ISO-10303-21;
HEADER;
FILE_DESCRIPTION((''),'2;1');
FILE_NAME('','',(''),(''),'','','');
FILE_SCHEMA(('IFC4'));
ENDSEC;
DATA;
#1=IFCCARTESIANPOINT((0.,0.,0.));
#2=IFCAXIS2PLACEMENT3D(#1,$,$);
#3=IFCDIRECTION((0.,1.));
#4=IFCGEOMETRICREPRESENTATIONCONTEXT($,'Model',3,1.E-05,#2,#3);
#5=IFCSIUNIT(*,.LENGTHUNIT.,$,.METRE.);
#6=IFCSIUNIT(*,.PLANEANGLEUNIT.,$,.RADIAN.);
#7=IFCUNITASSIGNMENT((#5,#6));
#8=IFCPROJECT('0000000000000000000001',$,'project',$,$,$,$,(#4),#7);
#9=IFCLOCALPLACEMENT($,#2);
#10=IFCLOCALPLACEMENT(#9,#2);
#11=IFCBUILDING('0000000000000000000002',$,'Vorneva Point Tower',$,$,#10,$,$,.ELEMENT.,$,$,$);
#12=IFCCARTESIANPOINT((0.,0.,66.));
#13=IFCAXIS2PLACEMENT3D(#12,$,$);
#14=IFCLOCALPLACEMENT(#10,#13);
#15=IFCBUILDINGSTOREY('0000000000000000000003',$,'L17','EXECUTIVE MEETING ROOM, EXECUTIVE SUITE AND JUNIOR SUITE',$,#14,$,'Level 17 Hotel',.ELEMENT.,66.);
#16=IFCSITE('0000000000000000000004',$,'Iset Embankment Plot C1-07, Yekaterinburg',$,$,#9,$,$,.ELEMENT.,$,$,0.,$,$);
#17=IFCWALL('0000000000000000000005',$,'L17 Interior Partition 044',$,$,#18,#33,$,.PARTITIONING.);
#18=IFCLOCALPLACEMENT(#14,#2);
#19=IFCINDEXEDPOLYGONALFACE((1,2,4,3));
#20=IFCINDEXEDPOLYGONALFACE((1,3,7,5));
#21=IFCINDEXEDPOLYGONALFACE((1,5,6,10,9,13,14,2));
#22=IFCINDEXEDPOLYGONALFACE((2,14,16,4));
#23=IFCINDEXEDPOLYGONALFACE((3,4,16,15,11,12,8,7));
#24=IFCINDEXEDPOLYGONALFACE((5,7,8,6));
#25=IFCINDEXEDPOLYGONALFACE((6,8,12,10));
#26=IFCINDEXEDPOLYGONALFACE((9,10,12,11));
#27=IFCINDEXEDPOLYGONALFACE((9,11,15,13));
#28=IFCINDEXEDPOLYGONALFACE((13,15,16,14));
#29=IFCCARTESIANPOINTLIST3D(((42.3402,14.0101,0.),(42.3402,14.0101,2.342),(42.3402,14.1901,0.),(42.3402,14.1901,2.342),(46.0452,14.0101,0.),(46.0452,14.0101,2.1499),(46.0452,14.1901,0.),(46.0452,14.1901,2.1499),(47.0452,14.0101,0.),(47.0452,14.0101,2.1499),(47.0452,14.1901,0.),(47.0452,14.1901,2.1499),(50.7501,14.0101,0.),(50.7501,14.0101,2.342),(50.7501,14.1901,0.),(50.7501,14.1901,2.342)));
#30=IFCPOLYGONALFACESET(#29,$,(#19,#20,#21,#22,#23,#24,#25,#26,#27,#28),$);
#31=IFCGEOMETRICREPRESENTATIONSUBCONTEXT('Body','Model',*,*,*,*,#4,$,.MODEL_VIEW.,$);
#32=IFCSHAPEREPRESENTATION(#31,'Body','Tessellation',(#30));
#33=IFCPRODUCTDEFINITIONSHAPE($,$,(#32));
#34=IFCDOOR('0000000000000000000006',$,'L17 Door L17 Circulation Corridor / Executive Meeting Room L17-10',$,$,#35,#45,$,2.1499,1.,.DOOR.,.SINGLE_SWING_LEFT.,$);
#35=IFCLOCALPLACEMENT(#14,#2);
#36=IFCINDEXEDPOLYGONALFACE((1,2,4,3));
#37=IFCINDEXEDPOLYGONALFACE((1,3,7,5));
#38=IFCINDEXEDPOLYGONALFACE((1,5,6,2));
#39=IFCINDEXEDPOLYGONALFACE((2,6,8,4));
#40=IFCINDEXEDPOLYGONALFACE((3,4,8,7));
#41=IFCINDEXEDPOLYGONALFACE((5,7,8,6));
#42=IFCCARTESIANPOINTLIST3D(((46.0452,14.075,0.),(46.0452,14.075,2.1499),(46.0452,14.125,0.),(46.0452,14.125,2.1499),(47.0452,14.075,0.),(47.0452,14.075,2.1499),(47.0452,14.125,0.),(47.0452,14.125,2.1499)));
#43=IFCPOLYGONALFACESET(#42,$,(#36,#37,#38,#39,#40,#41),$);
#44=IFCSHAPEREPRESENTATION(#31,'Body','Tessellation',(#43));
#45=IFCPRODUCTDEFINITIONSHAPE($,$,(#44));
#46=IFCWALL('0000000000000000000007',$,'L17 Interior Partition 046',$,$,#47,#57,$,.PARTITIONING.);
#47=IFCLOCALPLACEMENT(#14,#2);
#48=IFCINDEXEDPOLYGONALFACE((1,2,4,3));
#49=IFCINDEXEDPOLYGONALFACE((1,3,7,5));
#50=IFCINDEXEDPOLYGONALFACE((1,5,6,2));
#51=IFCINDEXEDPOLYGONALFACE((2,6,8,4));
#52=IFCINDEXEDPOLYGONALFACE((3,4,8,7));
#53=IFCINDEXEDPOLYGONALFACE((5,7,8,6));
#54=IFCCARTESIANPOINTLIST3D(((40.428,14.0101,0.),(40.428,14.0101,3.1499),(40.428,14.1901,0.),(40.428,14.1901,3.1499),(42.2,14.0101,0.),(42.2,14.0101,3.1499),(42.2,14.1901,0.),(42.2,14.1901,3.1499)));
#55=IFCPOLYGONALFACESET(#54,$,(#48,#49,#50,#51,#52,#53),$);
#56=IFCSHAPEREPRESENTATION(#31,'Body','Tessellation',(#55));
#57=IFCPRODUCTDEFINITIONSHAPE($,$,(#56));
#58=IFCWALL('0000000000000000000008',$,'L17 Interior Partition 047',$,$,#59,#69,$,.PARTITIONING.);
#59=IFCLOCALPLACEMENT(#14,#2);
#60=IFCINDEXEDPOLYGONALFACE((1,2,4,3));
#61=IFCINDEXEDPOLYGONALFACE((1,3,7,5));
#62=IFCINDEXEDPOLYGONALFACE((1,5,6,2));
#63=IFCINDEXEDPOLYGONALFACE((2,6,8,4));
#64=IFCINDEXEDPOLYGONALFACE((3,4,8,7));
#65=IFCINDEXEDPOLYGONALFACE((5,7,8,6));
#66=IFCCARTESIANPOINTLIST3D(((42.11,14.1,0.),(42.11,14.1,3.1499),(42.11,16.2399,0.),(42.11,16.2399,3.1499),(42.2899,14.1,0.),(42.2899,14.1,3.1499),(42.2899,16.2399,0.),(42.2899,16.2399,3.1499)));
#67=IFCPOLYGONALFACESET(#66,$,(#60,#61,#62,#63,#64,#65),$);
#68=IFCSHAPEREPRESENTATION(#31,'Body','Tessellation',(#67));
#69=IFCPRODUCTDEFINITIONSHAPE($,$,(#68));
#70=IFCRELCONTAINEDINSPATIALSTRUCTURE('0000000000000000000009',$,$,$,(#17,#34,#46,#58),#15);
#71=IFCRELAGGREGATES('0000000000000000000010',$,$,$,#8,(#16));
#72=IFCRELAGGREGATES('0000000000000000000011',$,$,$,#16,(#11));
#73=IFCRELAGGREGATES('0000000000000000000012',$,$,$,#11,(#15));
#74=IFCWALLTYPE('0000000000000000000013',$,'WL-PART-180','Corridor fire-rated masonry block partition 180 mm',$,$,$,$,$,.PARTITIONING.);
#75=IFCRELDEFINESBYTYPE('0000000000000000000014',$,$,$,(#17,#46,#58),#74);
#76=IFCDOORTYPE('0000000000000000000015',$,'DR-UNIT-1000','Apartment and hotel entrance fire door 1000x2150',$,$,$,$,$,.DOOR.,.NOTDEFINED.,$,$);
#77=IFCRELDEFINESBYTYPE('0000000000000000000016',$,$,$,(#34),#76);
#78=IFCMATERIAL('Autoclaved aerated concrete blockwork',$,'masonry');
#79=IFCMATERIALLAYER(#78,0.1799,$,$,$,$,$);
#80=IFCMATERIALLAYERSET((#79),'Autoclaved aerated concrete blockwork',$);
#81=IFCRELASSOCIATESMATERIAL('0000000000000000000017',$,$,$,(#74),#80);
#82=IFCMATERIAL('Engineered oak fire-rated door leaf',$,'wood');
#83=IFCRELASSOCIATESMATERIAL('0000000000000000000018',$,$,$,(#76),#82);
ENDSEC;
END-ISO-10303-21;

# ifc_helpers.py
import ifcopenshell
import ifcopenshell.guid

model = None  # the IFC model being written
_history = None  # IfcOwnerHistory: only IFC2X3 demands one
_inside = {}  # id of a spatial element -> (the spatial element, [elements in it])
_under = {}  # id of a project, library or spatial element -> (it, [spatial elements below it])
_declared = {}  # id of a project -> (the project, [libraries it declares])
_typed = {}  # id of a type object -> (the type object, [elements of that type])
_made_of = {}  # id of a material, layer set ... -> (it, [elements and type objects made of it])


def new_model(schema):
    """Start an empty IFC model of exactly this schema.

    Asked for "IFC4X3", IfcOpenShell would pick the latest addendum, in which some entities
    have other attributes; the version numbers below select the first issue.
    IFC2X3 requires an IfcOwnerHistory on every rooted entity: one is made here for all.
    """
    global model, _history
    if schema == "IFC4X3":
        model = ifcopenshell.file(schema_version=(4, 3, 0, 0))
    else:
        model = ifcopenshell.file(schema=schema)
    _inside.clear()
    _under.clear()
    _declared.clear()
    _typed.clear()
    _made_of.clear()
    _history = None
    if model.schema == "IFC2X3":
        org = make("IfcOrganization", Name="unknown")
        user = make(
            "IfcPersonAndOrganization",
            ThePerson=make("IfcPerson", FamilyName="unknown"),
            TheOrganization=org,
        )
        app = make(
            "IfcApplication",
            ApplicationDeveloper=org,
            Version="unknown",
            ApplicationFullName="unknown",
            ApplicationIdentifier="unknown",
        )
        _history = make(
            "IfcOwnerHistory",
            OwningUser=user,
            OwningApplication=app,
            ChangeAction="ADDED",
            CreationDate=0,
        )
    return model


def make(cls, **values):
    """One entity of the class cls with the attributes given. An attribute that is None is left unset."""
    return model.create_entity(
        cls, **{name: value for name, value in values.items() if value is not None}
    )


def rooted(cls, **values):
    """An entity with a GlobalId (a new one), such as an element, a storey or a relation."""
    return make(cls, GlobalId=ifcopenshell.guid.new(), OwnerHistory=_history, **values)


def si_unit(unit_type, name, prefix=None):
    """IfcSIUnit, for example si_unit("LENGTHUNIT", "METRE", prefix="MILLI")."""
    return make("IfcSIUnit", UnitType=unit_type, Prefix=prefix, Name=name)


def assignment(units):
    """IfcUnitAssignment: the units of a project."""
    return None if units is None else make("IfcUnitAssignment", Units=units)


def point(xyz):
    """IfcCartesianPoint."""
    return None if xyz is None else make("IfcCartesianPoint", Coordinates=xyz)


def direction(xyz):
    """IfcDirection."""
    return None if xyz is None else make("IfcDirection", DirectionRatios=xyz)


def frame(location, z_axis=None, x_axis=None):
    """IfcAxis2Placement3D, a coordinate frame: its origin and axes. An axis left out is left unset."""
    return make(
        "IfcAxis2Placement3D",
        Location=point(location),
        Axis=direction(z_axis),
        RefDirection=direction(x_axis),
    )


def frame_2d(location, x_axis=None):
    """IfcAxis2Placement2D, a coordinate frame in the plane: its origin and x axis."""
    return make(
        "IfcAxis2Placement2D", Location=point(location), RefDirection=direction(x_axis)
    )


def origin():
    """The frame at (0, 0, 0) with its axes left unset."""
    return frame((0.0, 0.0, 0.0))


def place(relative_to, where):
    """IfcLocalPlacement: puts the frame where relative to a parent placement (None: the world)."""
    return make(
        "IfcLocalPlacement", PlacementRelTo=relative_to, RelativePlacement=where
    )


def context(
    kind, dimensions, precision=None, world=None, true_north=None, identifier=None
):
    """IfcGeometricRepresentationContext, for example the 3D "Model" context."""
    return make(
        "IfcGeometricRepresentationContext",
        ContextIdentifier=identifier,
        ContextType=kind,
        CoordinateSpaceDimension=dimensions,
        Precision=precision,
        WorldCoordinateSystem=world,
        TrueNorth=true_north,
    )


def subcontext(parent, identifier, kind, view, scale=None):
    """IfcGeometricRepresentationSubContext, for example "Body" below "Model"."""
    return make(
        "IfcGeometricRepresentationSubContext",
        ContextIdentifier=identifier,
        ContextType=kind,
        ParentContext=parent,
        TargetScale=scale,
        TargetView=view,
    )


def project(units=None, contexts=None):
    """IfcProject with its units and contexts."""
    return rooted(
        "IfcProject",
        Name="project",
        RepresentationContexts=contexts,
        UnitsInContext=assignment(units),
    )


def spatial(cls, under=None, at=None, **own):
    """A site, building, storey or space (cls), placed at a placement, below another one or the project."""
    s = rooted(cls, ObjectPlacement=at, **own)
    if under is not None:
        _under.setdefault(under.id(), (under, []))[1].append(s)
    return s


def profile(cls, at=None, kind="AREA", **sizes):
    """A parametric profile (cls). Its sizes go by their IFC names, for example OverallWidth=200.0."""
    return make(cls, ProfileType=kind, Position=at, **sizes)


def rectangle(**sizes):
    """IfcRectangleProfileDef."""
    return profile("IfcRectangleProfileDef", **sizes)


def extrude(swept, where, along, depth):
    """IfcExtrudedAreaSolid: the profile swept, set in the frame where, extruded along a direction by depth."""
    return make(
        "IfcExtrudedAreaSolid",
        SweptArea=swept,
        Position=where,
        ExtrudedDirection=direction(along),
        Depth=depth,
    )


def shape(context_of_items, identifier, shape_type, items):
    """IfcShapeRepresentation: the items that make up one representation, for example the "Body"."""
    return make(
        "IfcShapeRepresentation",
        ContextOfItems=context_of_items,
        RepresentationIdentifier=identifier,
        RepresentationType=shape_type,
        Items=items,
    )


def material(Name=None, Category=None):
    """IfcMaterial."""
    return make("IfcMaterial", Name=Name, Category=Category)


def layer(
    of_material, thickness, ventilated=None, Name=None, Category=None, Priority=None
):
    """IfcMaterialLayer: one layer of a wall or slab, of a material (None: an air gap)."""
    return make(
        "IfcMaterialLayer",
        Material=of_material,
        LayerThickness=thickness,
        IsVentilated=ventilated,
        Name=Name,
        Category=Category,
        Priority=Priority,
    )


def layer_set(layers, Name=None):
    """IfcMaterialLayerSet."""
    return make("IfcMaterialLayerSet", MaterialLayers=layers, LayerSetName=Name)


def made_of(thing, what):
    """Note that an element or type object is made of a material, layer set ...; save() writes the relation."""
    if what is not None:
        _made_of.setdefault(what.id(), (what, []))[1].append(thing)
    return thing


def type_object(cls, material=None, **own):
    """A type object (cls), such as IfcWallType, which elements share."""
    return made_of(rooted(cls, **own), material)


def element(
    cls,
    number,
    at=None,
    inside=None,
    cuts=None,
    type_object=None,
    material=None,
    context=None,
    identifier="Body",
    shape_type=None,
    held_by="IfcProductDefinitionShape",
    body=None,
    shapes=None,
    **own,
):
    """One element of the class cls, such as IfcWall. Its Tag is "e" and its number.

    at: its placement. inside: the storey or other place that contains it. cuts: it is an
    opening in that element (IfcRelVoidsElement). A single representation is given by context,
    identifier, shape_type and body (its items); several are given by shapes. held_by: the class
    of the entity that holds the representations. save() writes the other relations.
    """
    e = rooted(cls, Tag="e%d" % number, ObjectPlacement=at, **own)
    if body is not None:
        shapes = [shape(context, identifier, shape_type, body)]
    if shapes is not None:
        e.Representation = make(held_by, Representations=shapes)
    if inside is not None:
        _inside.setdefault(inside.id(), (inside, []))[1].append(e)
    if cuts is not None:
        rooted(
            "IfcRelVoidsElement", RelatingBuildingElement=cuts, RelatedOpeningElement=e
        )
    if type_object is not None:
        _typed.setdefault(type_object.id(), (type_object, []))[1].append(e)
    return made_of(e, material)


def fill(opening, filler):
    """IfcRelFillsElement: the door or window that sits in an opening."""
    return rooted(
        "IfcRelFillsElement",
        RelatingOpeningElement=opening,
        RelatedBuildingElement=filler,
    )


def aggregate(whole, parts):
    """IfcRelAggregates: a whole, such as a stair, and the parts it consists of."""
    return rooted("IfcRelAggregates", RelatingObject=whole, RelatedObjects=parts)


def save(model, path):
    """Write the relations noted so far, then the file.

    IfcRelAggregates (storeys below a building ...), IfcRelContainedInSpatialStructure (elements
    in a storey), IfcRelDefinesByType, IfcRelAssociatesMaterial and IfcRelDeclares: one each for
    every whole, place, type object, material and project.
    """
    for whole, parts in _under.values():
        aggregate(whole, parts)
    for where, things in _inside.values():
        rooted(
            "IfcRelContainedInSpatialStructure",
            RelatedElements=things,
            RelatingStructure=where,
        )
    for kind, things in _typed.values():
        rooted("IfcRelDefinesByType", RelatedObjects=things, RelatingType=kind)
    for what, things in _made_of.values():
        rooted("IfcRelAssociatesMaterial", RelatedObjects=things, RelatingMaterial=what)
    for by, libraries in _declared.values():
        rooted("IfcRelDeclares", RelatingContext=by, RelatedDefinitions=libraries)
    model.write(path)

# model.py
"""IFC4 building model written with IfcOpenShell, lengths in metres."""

from ifc_helpers import new_model, si_unit, direction, frame, frame_2d, origin, place, context, subcontext, project, spatial, rectangle, extrude, material, layer, layer_set, type_object, element, fill, save


model = new_model("IFC4")

# Units and contexts
model_context = context("Model", 3, precision=1e-05, world=origin(), true_north=direction((0.0, 1.0)))
body_context = subcontext(model_context, "Body", "Model", "MODEL_VIEW")
ifc_project = project(units=[si_unit("LENGTHUNIT", "METRE"), si_unit("PLANEANGLEUNIT", "RADIAN")], contexts=[model_context])

# Site, building, storey
site_placement = place(None, origin())
site = spatial("IfcSite", under=ifc_project, at=site_placement, Name="Iset Embankment Plot C1-07, Yekaterinburg", CompositionType="ELEMENT", RefElevation=0.0)
building_placement = place(site_placement, origin())
building = spatial("IfcBuilding", under=site, at=building_placement, Name="Vorneva Point Tower", CompositionType="ELEMENT")
storey_placement = place(building_placement, frame((0.0, 0.0, 66.0)))
storey = spatial("IfcBuildingStorey", under=building, at=storey_placement, Name="L17", Description="EXECUTIVE MEETING ROOM, EXECUTIVE SUITE AND JUNIOR SUITE", LongName="Level 17 Hotel", CompositionType="ELEMENT", Elevation=66.0)

# Shared definitions
ifc_material_1 = material(Name="Autoclaved aerated concrete blockwork", Category="masonry")
ifc_layer_1 = layer(ifc_material_1, 0.1799)
ifc_layer_set_1 = layer_set([ifc_layer_1], Name="Autoclaved aerated concrete blockwork")
wall_type_1 = type_object("IfcWallType", Name="WL-PART-180", Description="Corridor fire-rated masonry block partition 180 mm", PredefinedType="PARTITIONING", material=ifc_layer_set_1)

# Wall, opening, door
wall_1_placement = place(storey_placement, frame((42.3401, 14.1001, 0.0), z_axis=(0.0, 0.0, 1.0), x_axis=(1.0, 0.0, 0.0)))
wall_1 = element("IfcWall", 1, at=wall_1_placement, inside=storey, type_object=wall_type_1, Name="L17 Interior Partition 044", PredefinedType="PARTITIONING", context=body_context, shape_type="SweptSolid", body=[
    extrude(rectangle(XDim=8.4099, YDim=0.1799, at=frame_2d((4.2051, 0.0))), origin(), (0.0, 0.0, 1.0), 2.342),
])
opening_1_placement = place(wall_1_placement, frame((3.7051, 0.0, 0.0)))
opening_1 = element("IfcOpeningElement", 2, at=opening_1_placement, cuts=wall_1, PredefinedType="OPENING", context=body_context, shape_type="SweptSolid", body=[
    extrude(rectangle(XDim=1.0, YDim=2.1499, at=frame_2d((0.5, 1.075))), frame((0.0, 0.105, 0.0), z_axis=(0.0, -1.0, 0.0), x_axis=(1.0, 0.0, 0.0)), (0.0, 0.0, 1.0), 0.2097),
])
ifc_material_2 = material(Name="Engineered oak fire-rated door leaf", Category="wood")
door_type_1 = type_object("IfcDoorType", Name="DR-UNIT-1000", Description="Apartment and hotel entrance fire door 1000x2150", OperationType="NOTDEFINED", PredefinedType="DOOR", material=ifc_material_2)
door_1_placement = place(opening_1_placement, origin())
door_1 = element("IfcDoor", 3, at=door_1_placement, inside=storey, type_object=door_type_1, Name="L17 Door L17 Circulation Corridor / Executive Meeting Room L17-10", OperationType="SINGLE_SWING_LEFT", OverallHeight=2.1499, OverallWidth=1.0, PredefinedType="DOOR", context=body_context, shape_type="SweptSolid", body=[
    extrude(rectangle(XDim=1.0, YDim=2.1499, at=frame_2d((0.5, 1.075))), frame((0.0, 0.0249, 0.0), z_axis=(0.0, -1.0, 0.0), x_axis=(1.0, 0.0, 0.0)), (0.0, 0.0, 1.0), 0.05),
])
fill(opening_1, door_1)

# Walls
wall_2_placement = place(storey_placement, frame((40.428, 14.1001, 0.0), z_axis=(0.0, 0.0, 1.0), x_axis=(1.0, 0.0, 0.0)))
element("IfcWall", 4, at=wall_2_placement, inside=storey, type_object=wall_type_1, Name="L17 Interior Partition 046", PredefinedType="PARTITIONING", context=body_context, shape_type="SweptSolid", body=[
    extrude(rectangle(XDim=1.772, YDim=0.1799, at=frame_2d((0.886, 0.0))), origin(), (0.0, 0.0, 1.0), 3.1499),
])
wall_3_placement = place(storey_placement, frame((42.2, 14.1001, 0.0), z_axis=(0.0, 0.0, 1.0), x_axis=(0.0, 1.0, 0.0)))
element("IfcWall", 5, at=wall_3_placement, inside=storey, type_object=wall_type_1, Name="L17 Interior Partition 047", PredefinedType="PARTITIONING", context=body_context, shape_type="SweptSolid", body=[
    extrude(rectangle(XDim=2.1399, YDim=0.1799, at=frame_2d((1.0698, 0.0))), origin(), (0.0, 0.0, 1.0), 3.1499),
])

save(model, "model.ifc")
